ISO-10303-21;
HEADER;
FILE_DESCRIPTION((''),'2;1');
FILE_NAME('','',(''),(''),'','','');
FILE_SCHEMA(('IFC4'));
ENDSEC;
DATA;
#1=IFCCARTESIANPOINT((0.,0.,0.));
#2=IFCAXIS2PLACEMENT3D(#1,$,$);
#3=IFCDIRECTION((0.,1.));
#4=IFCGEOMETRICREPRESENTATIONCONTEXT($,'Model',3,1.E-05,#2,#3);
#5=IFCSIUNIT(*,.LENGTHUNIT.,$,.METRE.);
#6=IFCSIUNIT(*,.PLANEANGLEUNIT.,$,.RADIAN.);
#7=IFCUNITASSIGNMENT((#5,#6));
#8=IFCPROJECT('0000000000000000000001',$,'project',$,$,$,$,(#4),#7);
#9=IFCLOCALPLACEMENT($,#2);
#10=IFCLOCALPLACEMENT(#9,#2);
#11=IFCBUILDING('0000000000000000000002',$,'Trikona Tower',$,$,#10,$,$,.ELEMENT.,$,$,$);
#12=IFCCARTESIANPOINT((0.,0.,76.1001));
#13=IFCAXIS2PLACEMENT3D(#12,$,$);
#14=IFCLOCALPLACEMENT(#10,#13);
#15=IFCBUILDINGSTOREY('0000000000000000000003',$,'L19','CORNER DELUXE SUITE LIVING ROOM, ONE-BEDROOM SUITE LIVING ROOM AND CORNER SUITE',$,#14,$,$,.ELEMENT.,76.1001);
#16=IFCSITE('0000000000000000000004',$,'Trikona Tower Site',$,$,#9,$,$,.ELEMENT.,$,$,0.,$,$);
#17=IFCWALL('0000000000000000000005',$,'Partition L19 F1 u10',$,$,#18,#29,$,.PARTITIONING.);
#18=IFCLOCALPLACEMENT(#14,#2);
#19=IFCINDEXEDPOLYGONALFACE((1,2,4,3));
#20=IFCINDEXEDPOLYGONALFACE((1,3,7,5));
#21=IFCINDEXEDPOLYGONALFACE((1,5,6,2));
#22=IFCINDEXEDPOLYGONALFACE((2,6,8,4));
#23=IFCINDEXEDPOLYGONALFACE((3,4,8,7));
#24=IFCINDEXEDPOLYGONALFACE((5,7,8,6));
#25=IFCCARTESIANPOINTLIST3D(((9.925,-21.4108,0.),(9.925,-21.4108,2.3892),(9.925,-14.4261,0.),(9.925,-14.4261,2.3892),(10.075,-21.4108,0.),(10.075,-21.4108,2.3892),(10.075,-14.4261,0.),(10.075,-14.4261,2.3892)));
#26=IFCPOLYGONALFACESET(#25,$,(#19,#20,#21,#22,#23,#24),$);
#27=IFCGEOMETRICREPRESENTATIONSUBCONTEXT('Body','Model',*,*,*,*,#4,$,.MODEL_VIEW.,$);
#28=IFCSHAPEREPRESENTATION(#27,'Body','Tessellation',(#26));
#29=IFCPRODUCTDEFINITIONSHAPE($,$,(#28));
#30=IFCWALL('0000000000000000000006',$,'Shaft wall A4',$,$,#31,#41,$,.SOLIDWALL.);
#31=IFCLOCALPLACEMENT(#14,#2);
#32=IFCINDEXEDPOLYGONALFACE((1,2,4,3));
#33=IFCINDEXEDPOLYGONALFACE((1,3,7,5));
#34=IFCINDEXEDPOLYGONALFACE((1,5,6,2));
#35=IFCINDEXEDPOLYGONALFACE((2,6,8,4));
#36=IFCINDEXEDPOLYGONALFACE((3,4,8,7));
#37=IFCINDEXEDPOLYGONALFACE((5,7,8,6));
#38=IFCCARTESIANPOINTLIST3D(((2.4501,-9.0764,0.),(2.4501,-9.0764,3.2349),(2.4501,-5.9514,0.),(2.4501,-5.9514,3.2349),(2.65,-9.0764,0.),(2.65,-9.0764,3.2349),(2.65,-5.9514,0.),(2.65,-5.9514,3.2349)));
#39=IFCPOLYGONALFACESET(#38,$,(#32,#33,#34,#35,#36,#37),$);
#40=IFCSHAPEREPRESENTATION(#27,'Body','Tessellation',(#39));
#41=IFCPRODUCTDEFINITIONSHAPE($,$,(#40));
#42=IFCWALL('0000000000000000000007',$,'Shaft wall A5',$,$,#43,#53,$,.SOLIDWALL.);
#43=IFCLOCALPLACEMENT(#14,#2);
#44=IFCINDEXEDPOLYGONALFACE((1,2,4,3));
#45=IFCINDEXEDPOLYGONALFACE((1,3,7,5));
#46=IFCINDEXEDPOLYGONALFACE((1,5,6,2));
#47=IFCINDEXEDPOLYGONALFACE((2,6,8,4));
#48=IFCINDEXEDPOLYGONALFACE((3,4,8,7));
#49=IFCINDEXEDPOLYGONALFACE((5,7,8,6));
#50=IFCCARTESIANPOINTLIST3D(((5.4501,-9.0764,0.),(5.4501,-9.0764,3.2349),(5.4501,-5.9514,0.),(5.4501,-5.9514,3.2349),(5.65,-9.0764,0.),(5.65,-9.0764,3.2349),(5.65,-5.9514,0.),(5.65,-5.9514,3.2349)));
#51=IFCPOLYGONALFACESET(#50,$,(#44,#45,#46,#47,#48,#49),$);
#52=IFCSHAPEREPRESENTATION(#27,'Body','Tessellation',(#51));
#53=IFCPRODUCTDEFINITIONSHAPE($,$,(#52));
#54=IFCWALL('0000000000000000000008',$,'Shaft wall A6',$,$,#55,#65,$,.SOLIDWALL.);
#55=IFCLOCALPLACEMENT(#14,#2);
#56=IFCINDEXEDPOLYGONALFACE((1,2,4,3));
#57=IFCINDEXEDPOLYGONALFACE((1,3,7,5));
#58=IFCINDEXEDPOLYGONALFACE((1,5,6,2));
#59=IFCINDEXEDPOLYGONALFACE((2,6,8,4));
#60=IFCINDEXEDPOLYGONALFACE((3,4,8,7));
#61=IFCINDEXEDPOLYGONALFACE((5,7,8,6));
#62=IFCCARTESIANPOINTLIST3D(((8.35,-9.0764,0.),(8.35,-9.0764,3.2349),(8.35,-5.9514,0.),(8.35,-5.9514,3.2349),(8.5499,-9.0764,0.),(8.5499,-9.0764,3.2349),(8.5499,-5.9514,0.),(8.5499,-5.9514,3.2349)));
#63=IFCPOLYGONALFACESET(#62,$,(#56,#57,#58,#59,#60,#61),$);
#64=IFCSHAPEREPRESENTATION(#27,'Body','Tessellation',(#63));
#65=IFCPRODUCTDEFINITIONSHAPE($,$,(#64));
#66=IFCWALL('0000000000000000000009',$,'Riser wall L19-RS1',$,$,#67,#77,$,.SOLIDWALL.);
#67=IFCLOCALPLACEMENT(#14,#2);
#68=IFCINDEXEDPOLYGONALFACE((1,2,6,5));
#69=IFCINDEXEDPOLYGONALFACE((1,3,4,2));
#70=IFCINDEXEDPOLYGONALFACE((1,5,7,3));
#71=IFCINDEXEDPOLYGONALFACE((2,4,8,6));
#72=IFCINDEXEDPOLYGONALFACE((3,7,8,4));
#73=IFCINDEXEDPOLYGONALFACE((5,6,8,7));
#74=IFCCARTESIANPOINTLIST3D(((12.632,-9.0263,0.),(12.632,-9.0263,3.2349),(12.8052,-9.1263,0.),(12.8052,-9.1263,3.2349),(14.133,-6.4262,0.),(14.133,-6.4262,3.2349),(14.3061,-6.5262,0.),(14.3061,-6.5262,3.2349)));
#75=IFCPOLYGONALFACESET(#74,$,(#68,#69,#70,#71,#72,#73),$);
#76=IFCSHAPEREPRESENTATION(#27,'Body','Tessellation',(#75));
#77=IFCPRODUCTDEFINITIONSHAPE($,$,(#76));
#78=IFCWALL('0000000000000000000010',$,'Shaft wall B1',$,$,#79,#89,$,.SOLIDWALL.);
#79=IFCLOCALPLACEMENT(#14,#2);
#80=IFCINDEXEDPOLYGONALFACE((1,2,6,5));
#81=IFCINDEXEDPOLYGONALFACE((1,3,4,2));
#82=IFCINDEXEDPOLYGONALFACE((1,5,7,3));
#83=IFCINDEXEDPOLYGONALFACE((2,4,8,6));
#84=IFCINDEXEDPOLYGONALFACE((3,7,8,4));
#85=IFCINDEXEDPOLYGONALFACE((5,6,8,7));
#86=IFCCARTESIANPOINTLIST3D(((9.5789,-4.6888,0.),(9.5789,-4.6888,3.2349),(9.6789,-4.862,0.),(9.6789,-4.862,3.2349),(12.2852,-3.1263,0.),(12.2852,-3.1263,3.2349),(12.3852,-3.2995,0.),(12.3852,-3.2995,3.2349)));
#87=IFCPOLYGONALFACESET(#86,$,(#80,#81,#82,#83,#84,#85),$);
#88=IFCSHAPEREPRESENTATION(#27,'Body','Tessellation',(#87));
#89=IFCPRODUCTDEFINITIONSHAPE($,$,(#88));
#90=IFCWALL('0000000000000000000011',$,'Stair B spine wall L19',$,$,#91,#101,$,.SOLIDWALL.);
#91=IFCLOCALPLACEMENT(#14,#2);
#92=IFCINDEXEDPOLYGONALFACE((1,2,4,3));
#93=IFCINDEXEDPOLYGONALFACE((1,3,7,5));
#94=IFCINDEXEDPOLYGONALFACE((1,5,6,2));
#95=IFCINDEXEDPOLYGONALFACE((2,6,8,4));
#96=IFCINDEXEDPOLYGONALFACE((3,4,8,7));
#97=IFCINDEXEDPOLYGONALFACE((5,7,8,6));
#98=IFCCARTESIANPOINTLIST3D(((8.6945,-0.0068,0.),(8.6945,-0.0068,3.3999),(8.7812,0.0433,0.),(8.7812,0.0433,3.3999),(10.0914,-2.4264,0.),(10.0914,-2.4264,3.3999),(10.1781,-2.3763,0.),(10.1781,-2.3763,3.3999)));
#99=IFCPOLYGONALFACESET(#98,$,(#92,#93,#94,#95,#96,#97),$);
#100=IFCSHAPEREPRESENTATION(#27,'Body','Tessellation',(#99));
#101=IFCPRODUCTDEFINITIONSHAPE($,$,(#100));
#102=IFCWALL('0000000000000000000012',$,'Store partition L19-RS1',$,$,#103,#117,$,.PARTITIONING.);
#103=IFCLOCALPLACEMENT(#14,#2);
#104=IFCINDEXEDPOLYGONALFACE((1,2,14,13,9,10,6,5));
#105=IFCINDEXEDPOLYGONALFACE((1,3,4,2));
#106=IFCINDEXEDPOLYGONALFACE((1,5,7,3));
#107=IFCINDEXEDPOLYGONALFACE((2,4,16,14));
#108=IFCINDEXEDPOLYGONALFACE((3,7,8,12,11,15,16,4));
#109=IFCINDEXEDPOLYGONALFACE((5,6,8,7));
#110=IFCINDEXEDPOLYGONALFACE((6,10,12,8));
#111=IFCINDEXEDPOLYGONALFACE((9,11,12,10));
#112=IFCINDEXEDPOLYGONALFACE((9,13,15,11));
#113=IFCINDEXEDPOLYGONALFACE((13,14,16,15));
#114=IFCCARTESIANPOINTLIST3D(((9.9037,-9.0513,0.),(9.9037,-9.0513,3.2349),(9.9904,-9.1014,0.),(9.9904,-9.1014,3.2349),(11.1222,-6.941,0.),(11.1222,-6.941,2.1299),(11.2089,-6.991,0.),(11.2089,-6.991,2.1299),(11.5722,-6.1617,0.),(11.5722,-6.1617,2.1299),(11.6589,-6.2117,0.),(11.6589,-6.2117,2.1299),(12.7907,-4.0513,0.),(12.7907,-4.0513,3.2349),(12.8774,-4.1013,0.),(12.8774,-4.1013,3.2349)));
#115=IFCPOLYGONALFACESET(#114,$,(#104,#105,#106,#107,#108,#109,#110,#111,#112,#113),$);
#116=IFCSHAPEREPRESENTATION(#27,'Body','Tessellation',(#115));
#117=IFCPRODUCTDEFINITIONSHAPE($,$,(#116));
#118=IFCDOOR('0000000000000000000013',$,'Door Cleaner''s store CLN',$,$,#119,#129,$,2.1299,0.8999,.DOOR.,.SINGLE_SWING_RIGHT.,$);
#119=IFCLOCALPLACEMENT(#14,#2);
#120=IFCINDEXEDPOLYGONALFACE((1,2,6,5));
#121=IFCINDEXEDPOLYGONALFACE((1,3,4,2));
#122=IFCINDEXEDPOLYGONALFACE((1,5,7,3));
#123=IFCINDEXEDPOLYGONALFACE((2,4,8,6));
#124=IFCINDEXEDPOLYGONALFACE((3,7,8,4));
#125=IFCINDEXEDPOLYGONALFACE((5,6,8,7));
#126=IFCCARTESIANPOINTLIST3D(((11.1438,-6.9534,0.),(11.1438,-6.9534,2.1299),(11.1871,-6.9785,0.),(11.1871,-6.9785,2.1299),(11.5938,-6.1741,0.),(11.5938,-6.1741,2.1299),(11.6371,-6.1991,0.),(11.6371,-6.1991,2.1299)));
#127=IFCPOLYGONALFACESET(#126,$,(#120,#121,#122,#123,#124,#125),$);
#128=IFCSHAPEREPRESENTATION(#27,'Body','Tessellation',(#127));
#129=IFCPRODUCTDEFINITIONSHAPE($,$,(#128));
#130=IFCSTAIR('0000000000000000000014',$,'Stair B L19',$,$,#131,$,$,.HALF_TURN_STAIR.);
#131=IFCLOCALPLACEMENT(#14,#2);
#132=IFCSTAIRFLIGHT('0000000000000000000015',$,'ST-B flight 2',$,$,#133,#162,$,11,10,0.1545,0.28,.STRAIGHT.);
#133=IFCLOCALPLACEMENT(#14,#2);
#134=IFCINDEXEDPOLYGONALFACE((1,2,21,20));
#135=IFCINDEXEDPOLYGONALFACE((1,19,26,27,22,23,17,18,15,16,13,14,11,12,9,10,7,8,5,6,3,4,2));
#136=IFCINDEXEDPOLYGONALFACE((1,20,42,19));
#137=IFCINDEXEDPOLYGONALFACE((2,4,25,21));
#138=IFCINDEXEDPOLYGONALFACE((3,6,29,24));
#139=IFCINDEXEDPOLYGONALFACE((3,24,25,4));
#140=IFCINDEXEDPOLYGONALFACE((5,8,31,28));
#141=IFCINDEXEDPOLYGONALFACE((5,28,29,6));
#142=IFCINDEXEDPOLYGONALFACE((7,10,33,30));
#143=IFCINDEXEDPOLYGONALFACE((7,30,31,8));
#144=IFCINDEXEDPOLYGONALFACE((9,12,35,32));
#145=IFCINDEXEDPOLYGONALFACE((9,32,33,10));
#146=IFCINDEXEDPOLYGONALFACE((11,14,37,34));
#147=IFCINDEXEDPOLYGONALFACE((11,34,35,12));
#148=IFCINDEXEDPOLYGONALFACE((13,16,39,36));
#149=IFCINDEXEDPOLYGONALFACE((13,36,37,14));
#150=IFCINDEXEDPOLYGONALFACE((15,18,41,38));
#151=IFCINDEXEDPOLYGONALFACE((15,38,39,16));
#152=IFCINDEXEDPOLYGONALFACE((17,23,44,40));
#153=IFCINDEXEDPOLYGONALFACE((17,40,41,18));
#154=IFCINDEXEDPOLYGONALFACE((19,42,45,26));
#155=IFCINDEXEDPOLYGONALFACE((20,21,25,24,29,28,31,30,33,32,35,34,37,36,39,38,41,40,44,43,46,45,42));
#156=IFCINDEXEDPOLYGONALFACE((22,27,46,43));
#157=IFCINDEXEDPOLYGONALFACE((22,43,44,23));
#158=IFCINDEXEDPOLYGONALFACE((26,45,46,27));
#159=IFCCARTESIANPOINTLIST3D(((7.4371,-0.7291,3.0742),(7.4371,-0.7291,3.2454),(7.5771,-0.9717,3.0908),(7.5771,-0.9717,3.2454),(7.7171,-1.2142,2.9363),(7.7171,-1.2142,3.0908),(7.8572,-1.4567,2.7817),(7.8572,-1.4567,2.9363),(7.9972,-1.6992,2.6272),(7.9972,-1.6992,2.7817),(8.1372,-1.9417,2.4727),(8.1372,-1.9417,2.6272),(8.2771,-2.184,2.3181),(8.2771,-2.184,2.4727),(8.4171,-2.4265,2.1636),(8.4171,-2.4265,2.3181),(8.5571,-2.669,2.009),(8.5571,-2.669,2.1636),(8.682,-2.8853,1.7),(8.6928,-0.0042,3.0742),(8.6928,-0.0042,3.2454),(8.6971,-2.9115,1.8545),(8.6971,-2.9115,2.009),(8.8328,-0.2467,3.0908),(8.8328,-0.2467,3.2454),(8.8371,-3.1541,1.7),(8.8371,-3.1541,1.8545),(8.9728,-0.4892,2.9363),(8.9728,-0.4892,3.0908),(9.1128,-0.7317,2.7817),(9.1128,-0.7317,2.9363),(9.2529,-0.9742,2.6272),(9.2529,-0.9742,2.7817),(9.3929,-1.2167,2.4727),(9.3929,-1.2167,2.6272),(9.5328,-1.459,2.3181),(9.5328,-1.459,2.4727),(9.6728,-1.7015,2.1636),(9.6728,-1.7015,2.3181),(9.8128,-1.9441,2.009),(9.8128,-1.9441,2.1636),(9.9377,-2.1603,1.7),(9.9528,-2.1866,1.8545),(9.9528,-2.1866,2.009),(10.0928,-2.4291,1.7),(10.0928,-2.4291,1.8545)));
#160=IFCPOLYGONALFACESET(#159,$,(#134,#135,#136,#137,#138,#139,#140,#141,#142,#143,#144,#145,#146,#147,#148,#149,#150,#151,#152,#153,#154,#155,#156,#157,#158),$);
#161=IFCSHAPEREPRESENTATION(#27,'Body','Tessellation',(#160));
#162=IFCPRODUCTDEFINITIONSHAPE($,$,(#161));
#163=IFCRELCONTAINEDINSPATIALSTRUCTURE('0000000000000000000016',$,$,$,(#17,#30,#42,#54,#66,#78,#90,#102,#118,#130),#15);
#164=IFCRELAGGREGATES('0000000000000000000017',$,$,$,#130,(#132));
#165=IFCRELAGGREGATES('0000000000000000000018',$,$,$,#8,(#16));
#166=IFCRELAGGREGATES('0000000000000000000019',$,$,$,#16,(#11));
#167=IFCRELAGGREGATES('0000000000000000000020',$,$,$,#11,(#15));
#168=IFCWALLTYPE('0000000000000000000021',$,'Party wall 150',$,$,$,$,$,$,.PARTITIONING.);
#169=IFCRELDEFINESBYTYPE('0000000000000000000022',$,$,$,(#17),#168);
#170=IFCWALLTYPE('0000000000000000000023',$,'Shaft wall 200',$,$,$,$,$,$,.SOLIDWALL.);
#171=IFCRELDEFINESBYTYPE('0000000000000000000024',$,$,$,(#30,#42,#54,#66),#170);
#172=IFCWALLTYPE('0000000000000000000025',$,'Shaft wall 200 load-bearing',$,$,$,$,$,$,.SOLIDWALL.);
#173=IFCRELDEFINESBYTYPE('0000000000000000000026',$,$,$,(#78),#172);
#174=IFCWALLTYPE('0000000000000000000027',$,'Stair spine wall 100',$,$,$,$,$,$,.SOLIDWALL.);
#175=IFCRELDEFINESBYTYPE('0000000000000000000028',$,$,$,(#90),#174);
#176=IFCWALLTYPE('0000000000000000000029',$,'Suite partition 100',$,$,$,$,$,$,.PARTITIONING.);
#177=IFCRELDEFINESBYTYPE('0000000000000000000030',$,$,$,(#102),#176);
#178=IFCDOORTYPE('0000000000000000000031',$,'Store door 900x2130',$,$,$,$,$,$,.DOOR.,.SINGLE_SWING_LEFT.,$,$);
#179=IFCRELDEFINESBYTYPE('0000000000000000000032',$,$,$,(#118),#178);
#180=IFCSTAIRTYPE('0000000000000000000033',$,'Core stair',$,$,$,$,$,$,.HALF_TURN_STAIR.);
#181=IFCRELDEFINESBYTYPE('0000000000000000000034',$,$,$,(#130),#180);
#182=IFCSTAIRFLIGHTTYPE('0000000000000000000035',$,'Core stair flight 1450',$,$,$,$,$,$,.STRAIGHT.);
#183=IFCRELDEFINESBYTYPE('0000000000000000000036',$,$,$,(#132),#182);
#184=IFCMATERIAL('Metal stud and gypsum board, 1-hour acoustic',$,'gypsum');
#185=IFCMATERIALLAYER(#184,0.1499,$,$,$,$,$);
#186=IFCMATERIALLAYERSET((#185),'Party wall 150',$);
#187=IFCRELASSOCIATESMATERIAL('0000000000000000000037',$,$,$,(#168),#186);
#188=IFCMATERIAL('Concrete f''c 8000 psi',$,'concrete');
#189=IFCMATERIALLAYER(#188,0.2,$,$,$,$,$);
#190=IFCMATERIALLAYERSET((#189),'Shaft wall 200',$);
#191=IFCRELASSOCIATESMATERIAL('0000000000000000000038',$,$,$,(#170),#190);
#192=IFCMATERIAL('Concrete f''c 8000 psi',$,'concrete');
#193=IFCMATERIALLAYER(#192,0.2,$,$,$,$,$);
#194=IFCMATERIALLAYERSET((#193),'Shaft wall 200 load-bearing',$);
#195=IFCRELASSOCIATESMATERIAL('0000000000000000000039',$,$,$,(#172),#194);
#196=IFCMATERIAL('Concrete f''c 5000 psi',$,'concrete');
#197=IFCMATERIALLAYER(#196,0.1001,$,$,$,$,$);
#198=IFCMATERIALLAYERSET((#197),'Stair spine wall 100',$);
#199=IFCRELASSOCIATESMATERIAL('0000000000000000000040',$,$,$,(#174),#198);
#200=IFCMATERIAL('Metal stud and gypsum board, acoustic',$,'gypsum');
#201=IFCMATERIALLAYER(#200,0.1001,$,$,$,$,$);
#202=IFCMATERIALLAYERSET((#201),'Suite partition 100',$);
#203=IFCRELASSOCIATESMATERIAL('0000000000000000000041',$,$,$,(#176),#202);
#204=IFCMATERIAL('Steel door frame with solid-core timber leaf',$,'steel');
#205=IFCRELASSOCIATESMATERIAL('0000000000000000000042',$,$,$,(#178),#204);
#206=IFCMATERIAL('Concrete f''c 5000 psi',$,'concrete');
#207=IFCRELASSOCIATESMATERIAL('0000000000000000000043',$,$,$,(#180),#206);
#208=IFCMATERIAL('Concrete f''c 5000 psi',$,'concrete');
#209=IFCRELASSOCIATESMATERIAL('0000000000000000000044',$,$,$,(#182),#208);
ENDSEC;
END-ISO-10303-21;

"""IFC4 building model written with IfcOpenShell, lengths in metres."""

from ifc_helpers import new_model, si_unit, direction, frame, frame_2d, origin, place, context, subcontext, project, spatial, polyline, rectangle, outline, extrude, material, layer, layer_set, type_object, element, fill, aggregate, save


model = new_model("IFC4")

# Units and contexts
model_context = context("Model", 3, precision=1e-05, world=origin(), true_north=direction((0.0, 1.0)))
body_context = subcontext(model_context, "Body", "Model", "MODEL_VIEW")
ifc_project = project(units=[si_unit("LENGTHUNIT", "METRE"), si_unit("PLANEANGLEUNIT", "RADIAN")], contexts=[model_context])

# Site, building, storey
site_placement = place(None, origin())
site = spatial("IfcSite", under=ifc_project, at=site_placement, Name="Trikona Tower Site", CompositionType="ELEMENT", RefElevation=0.0)
building_placement = place(site_placement, origin())
building = spatial("IfcBuilding", under=site, at=building_placement, Name="Trikona Tower", CompositionType="ELEMENT")
storey_placement = place(building_placement, frame((0.0, 0.0, 76.1001)))
storey = spatial("IfcBuildingStorey", under=building, at=storey_placement, Name="L19", Description="CORNER DELUXE SUITE LIVING ROOM, ONE-BEDROOM SUITE LIVING ROOM AND CORNER SUITE", CompositionType="ELEMENT", Elevation=76.1001)

# Walls
ifc_material_1 = material(Name="Metal stud and gypsum board, 1-hour acoustic", Category="gypsum")
ifc_layer_1 = layer(ifc_material_1, 0.1499)
ifc_layer_set_1 = layer_set([ifc_layer_1], Name="Party wall 150")
wall_type_1 = type_object("IfcWallType", Name="Party wall 150", PredefinedType="PARTITIONING", material=ifc_layer_set_1)
wall_1_placement = place(storey_placement, frame((10.0, -14.4263, 0.0), z_axis=(0.0, 0.0, 1.0), x_axis=(0.0, -1.0, 0.0)))
element("IfcWall", 1, at=wall_1_placement, inside=storey, type_object=wall_type_1, Name="Partition L19 F1 u10", PredefinedType="PARTITIONING", context=body_context, shape_type="SweptSolid", body=[
    extrude(rectangle(XDim=6.9846, YDim=0.1499, at=frame_2d((3.4922, 0.0))), origin(), (0.0, 0.0, 1.0), 2.3892),
])
ifc_material_2 = material(Name="Concrete f'c 8000 psi", Category="concrete")
ifc_layer_2 = layer(ifc_material_2, 0.2)
ifc_layer_set_2 = layer_set([ifc_layer_2], Name="Shaft wall 200")
wall_type_2 = type_object("IfcWallType", Name="Shaft wall 200", PredefinedType="SOLIDWALL", material=ifc_layer_set_2)
for number, where, z_axis, x_axis, name in (
    (2, (2.55, -5.9514, 0.0), (0.0, 0.0, 1.0), (0.0, -1.0, 0.0), "Shaft wall A4"),
    (3, (5.55, -5.9514, 0.0), (0.0, 0.0, 1.0), (0.0, -1.0, 0.0), "Shaft wall A5"),
    (4, (8.45, -5.9514, 0.0), (0.0, 0.0, 1.0), (0.0, -1.0, 0.0), "Shaft wall A6"),
):
    element("IfcWall", number, at=place(storey_placement, frame(where, z_axis=z_axis, x_axis=x_axis)), inside=storey, type_object=wall_type_2, Name=name, PredefinedType="SOLIDWALL", context=body_context, shape_type="SweptSolid", body=[
        extrude(rectangle(XDim=3.125, YDim=0.2, at=frame_2d((1.5625, 0.0))), origin(), (0.0, 0.0, 1.0), 3.2349),
    ])
wall_2_placement = place(storey_placement, frame((14.2195, -6.4763, 0.0), z_axis=(0.0, 0.0, 1.0), x_axis=(-0.499952, -0.866053, 0.0)))
element("IfcWall", 5, at=wall_2_placement, inside=storey, type_object=wall_type_2, Name="Riser wall L19-RS1", PredefinedType="SOLIDWALL", context=body_context, shape_type="SweptSolid", body=[
    extrude(rectangle(XDim=3.0022, YDim=0.2, at=frame_2d((1.501, 0.0))), origin(), (0.0, 0.0, 1.0), 3.2349),
])
ifc_material_3 = material(Name="Concrete f'c 8000 psi", Category="concrete")
ifc_layer_3 = layer(ifc_material_3, 0.2)
ifc_layer_set_3 = layer_set([ifc_layer_3], Name="Shaft wall 200 load-bearing")
wall_type_3 = type_object("IfcWallType", Name="Shaft wall 200 load-bearing", PredefinedType="SOLIDWALL", material=ifc_layer_set_3)
wall_3_placement = place(storey_placement, frame((9.6289, -4.7754, 0.0), z_axis=(0.0, 0.0, 1.0), x_axis=(0.866023, 0.500004, 0.0)))
element("IfcWall", 6, at=wall_3_placement, inside=storey, type_object=wall_type_3, Name="Shaft wall B1", PredefinedType="SOLIDWALL", context=body_context, shape_type="SweptSolid", body=[
    extrude(rectangle(XDim=3.125, YDim=0.2, at=frame_2d((1.5625, 0.0))), origin(), (0.0, 0.0, 1.0), 3.2349),
])
ifc_material_4 = material(Name="Concrete f'c 5000 psi", Category="concrete")
ifc_layer_4 = layer(ifc_material_4, 0.1001)
ifc_layer_set_4 = layer_set([ifc_layer_4], Name="Stair spine wall 100")
wall_type_4 = type_object("IfcWallType", Name="Stair spine wall 100", PredefinedType="SOLIDWALL", material=ifc_layer_set_4)
wall_4_placement = place(storey_placement, frame((10.1348, -2.4014, 0.0), z_axis=(0.0, 0.0, 1.0), x_axis=(-0.499992, 0.86603, 0.0)))
element("IfcWall", 7, at=wall_4_placement, inside=storey, type_object=wall_type_4, Name="Stair B spine wall L19", PredefinedType="SOLIDWALL", context=body_context, shape_type="SweptSolid", body=[
    extrude(rectangle(XDim=2.7939, YDim=0.1001, at=frame_2d((1.397, 0.0))), origin(), (0.0, 0.0, 1.0), 3.3999),
])

# Wall, opening, door
ifc_material_5 = material(Name="Metal stud and gypsum board, acoustic", Category="gypsum")
ifc_layer_5 = layer(ifc_material_5, 0.1001)
ifc_layer_set_5 = layer_set([ifc_layer_5], Name="Suite partition 100")
wall_type_5 = type_object("IfcWallType", Name="Suite partition 100", PredefinedType="PARTITIONING", material=ifc_layer_set_5)
wall_5_placement = place(storey_placement, frame((12.834, -4.0764, 0.0), z_axis=(0.0, 0.0, 1.0), x_axis=(-0.500027, -0.86601, 0.0)))
wall_5 = element("IfcWall", 8, at=wall_5_placement, inside=storey, type_object=wall_type_5, Name="Store partition L19-RS1", PredefinedType="PARTITIONING", context=body_context, shape_type="SweptSolid", body=[
    extrude(rectangle(XDim=5.7737, YDim=0.1001, at=frame_2d((2.8867, 0.0))), origin(), (0.0, 0.0, 1.0), 3.2349),
])
opening_1_placement = place(wall_5_placement, frame((2.4368, 0.0, 0.0)))
opening_1 = element("IfcOpeningElement", 9, at=opening_1_placement, cuts=wall_5, PredefinedType="OPENING", context=body_context, shape_type="SweptSolid", body=[
    extrude(rectangle(XDim=0.8999, YDim=2.1299, at=frame_2d((0.45, 1.0649))), frame((0.0, 0.0601, 0.0), z_axis=(0.0, -1.0, 0.0), x_axis=(1.0, 0.0, 0.0)), (0.0, 0.0, 1.0), 0.1201),
])
ifc_material_6 = material(Name="Steel door frame with solid-core timber leaf", Category="steel")
door_type_1 = type_object("IfcDoorType", Name="Store door 900x2130", OperationType="SINGLE_SWING_LEFT", PredefinedType="DOOR", material=ifc_material_6)
door_1_placement = place(opening_1_placement, origin())
door_1 = element("IfcDoor", 10, at=door_1_placement, inside=storey, type_object=door_type_1, Name="Door Cleaner's store CLN", OperationType="SINGLE_SWING_RIGHT", OverallHeight=2.1299, OverallWidth=0.8999, PredefinedType="DOOR", context=body_context, shape_type="SweptSolid", body=[
    extrude(rectangle(XDim=0.8999, YDim=2.1299, at=frame_2d((0.45, 1.0649))), frame((0.0, 0.0249, 0.0), z_axis=(0.0, -1.0, 0.0), x_axis=(1.0, 0.0, 0.0)), (0.0, 0.0, 1.0), 0.05),
])
fill(opening_1, door_1)

# Stair, stair flight
ifc_material_7 = material(Name="Concrete f'c 5000 psi", Category="concrete")
stair_type = type_object("IfcStairType", Name="Core stair", PredefinedType="HALF_TURN_STAIR", material=ifc_material_7)
stair_placement = place(storey_placement, origin())
stair = element("IfcStair", 11, at=stair_placement, inside=storey, type_object=stair_type, Name="Stair B L19", PredefinedType="HALF_TURN_STAIR")
ifc_material_8 = material(Name="Concrete f'c 5000 psi", Category="concrete")
stair_flight_type = type_object("IfcStairFlightType", Name="Core stair flight 1450", PredefinedType="STRAIGHT", material=ifc_material_8)
stair_flight_placement = place(storey_placement, frame((9.4651, -2.7915, 1.7), z_axis=(0.0, 0.0, 1.0), x_axis=(-0.5, 0.866025, 0.0)))
stair_flight = element("IfcStairFlight", 12, at=stair_flight_placement, type_object=stair_flight_type, Name="ST-B flight 2", NumberOfRisers=11, NumberOfTreads=10, PredefinedType="STRAIGHT", RiserHeight=0.1545, TreadLength=0.28, context=body_context, shape_type="SweptSolid", body=[
    extrude(outline(polyline([(0.0, 0.0), (0.0, 0.1545), (0.28, 0.1545), (0.28, 0.3091), (0.5601, 0.3091), (0.5601, 0.4636), (0.8401, 0.4636), (0.8401, 0.6182), (1.1201, 0.6182), (1.1201, 0.7727), (1.3999, 0.7727), (1.3999, 0.9272), (1.6799, 0.9272), (1.6799, 1.0818), (1.96, 1.0818), (1.96, 1.2363), (2.24, 1.2363), (2.24, 1.3909), (2.52, 1.3909), (2.52, 1.5454), (2.8, 1.5454), (2.8, 1.7), (2.8, 1.3743), (0.3103, 0.0), (0.0, 0.0)])), frame((0.0, 0.7251, 0.0), z_axis=(0.0, -1.0, 0.0), x_axis=(1.0, 0.0, 0.0)), (0.0, 0.0, 1.0), 1.45),
])
aggregate(stair, [stair_flight])

save(model, "model.ifc")
